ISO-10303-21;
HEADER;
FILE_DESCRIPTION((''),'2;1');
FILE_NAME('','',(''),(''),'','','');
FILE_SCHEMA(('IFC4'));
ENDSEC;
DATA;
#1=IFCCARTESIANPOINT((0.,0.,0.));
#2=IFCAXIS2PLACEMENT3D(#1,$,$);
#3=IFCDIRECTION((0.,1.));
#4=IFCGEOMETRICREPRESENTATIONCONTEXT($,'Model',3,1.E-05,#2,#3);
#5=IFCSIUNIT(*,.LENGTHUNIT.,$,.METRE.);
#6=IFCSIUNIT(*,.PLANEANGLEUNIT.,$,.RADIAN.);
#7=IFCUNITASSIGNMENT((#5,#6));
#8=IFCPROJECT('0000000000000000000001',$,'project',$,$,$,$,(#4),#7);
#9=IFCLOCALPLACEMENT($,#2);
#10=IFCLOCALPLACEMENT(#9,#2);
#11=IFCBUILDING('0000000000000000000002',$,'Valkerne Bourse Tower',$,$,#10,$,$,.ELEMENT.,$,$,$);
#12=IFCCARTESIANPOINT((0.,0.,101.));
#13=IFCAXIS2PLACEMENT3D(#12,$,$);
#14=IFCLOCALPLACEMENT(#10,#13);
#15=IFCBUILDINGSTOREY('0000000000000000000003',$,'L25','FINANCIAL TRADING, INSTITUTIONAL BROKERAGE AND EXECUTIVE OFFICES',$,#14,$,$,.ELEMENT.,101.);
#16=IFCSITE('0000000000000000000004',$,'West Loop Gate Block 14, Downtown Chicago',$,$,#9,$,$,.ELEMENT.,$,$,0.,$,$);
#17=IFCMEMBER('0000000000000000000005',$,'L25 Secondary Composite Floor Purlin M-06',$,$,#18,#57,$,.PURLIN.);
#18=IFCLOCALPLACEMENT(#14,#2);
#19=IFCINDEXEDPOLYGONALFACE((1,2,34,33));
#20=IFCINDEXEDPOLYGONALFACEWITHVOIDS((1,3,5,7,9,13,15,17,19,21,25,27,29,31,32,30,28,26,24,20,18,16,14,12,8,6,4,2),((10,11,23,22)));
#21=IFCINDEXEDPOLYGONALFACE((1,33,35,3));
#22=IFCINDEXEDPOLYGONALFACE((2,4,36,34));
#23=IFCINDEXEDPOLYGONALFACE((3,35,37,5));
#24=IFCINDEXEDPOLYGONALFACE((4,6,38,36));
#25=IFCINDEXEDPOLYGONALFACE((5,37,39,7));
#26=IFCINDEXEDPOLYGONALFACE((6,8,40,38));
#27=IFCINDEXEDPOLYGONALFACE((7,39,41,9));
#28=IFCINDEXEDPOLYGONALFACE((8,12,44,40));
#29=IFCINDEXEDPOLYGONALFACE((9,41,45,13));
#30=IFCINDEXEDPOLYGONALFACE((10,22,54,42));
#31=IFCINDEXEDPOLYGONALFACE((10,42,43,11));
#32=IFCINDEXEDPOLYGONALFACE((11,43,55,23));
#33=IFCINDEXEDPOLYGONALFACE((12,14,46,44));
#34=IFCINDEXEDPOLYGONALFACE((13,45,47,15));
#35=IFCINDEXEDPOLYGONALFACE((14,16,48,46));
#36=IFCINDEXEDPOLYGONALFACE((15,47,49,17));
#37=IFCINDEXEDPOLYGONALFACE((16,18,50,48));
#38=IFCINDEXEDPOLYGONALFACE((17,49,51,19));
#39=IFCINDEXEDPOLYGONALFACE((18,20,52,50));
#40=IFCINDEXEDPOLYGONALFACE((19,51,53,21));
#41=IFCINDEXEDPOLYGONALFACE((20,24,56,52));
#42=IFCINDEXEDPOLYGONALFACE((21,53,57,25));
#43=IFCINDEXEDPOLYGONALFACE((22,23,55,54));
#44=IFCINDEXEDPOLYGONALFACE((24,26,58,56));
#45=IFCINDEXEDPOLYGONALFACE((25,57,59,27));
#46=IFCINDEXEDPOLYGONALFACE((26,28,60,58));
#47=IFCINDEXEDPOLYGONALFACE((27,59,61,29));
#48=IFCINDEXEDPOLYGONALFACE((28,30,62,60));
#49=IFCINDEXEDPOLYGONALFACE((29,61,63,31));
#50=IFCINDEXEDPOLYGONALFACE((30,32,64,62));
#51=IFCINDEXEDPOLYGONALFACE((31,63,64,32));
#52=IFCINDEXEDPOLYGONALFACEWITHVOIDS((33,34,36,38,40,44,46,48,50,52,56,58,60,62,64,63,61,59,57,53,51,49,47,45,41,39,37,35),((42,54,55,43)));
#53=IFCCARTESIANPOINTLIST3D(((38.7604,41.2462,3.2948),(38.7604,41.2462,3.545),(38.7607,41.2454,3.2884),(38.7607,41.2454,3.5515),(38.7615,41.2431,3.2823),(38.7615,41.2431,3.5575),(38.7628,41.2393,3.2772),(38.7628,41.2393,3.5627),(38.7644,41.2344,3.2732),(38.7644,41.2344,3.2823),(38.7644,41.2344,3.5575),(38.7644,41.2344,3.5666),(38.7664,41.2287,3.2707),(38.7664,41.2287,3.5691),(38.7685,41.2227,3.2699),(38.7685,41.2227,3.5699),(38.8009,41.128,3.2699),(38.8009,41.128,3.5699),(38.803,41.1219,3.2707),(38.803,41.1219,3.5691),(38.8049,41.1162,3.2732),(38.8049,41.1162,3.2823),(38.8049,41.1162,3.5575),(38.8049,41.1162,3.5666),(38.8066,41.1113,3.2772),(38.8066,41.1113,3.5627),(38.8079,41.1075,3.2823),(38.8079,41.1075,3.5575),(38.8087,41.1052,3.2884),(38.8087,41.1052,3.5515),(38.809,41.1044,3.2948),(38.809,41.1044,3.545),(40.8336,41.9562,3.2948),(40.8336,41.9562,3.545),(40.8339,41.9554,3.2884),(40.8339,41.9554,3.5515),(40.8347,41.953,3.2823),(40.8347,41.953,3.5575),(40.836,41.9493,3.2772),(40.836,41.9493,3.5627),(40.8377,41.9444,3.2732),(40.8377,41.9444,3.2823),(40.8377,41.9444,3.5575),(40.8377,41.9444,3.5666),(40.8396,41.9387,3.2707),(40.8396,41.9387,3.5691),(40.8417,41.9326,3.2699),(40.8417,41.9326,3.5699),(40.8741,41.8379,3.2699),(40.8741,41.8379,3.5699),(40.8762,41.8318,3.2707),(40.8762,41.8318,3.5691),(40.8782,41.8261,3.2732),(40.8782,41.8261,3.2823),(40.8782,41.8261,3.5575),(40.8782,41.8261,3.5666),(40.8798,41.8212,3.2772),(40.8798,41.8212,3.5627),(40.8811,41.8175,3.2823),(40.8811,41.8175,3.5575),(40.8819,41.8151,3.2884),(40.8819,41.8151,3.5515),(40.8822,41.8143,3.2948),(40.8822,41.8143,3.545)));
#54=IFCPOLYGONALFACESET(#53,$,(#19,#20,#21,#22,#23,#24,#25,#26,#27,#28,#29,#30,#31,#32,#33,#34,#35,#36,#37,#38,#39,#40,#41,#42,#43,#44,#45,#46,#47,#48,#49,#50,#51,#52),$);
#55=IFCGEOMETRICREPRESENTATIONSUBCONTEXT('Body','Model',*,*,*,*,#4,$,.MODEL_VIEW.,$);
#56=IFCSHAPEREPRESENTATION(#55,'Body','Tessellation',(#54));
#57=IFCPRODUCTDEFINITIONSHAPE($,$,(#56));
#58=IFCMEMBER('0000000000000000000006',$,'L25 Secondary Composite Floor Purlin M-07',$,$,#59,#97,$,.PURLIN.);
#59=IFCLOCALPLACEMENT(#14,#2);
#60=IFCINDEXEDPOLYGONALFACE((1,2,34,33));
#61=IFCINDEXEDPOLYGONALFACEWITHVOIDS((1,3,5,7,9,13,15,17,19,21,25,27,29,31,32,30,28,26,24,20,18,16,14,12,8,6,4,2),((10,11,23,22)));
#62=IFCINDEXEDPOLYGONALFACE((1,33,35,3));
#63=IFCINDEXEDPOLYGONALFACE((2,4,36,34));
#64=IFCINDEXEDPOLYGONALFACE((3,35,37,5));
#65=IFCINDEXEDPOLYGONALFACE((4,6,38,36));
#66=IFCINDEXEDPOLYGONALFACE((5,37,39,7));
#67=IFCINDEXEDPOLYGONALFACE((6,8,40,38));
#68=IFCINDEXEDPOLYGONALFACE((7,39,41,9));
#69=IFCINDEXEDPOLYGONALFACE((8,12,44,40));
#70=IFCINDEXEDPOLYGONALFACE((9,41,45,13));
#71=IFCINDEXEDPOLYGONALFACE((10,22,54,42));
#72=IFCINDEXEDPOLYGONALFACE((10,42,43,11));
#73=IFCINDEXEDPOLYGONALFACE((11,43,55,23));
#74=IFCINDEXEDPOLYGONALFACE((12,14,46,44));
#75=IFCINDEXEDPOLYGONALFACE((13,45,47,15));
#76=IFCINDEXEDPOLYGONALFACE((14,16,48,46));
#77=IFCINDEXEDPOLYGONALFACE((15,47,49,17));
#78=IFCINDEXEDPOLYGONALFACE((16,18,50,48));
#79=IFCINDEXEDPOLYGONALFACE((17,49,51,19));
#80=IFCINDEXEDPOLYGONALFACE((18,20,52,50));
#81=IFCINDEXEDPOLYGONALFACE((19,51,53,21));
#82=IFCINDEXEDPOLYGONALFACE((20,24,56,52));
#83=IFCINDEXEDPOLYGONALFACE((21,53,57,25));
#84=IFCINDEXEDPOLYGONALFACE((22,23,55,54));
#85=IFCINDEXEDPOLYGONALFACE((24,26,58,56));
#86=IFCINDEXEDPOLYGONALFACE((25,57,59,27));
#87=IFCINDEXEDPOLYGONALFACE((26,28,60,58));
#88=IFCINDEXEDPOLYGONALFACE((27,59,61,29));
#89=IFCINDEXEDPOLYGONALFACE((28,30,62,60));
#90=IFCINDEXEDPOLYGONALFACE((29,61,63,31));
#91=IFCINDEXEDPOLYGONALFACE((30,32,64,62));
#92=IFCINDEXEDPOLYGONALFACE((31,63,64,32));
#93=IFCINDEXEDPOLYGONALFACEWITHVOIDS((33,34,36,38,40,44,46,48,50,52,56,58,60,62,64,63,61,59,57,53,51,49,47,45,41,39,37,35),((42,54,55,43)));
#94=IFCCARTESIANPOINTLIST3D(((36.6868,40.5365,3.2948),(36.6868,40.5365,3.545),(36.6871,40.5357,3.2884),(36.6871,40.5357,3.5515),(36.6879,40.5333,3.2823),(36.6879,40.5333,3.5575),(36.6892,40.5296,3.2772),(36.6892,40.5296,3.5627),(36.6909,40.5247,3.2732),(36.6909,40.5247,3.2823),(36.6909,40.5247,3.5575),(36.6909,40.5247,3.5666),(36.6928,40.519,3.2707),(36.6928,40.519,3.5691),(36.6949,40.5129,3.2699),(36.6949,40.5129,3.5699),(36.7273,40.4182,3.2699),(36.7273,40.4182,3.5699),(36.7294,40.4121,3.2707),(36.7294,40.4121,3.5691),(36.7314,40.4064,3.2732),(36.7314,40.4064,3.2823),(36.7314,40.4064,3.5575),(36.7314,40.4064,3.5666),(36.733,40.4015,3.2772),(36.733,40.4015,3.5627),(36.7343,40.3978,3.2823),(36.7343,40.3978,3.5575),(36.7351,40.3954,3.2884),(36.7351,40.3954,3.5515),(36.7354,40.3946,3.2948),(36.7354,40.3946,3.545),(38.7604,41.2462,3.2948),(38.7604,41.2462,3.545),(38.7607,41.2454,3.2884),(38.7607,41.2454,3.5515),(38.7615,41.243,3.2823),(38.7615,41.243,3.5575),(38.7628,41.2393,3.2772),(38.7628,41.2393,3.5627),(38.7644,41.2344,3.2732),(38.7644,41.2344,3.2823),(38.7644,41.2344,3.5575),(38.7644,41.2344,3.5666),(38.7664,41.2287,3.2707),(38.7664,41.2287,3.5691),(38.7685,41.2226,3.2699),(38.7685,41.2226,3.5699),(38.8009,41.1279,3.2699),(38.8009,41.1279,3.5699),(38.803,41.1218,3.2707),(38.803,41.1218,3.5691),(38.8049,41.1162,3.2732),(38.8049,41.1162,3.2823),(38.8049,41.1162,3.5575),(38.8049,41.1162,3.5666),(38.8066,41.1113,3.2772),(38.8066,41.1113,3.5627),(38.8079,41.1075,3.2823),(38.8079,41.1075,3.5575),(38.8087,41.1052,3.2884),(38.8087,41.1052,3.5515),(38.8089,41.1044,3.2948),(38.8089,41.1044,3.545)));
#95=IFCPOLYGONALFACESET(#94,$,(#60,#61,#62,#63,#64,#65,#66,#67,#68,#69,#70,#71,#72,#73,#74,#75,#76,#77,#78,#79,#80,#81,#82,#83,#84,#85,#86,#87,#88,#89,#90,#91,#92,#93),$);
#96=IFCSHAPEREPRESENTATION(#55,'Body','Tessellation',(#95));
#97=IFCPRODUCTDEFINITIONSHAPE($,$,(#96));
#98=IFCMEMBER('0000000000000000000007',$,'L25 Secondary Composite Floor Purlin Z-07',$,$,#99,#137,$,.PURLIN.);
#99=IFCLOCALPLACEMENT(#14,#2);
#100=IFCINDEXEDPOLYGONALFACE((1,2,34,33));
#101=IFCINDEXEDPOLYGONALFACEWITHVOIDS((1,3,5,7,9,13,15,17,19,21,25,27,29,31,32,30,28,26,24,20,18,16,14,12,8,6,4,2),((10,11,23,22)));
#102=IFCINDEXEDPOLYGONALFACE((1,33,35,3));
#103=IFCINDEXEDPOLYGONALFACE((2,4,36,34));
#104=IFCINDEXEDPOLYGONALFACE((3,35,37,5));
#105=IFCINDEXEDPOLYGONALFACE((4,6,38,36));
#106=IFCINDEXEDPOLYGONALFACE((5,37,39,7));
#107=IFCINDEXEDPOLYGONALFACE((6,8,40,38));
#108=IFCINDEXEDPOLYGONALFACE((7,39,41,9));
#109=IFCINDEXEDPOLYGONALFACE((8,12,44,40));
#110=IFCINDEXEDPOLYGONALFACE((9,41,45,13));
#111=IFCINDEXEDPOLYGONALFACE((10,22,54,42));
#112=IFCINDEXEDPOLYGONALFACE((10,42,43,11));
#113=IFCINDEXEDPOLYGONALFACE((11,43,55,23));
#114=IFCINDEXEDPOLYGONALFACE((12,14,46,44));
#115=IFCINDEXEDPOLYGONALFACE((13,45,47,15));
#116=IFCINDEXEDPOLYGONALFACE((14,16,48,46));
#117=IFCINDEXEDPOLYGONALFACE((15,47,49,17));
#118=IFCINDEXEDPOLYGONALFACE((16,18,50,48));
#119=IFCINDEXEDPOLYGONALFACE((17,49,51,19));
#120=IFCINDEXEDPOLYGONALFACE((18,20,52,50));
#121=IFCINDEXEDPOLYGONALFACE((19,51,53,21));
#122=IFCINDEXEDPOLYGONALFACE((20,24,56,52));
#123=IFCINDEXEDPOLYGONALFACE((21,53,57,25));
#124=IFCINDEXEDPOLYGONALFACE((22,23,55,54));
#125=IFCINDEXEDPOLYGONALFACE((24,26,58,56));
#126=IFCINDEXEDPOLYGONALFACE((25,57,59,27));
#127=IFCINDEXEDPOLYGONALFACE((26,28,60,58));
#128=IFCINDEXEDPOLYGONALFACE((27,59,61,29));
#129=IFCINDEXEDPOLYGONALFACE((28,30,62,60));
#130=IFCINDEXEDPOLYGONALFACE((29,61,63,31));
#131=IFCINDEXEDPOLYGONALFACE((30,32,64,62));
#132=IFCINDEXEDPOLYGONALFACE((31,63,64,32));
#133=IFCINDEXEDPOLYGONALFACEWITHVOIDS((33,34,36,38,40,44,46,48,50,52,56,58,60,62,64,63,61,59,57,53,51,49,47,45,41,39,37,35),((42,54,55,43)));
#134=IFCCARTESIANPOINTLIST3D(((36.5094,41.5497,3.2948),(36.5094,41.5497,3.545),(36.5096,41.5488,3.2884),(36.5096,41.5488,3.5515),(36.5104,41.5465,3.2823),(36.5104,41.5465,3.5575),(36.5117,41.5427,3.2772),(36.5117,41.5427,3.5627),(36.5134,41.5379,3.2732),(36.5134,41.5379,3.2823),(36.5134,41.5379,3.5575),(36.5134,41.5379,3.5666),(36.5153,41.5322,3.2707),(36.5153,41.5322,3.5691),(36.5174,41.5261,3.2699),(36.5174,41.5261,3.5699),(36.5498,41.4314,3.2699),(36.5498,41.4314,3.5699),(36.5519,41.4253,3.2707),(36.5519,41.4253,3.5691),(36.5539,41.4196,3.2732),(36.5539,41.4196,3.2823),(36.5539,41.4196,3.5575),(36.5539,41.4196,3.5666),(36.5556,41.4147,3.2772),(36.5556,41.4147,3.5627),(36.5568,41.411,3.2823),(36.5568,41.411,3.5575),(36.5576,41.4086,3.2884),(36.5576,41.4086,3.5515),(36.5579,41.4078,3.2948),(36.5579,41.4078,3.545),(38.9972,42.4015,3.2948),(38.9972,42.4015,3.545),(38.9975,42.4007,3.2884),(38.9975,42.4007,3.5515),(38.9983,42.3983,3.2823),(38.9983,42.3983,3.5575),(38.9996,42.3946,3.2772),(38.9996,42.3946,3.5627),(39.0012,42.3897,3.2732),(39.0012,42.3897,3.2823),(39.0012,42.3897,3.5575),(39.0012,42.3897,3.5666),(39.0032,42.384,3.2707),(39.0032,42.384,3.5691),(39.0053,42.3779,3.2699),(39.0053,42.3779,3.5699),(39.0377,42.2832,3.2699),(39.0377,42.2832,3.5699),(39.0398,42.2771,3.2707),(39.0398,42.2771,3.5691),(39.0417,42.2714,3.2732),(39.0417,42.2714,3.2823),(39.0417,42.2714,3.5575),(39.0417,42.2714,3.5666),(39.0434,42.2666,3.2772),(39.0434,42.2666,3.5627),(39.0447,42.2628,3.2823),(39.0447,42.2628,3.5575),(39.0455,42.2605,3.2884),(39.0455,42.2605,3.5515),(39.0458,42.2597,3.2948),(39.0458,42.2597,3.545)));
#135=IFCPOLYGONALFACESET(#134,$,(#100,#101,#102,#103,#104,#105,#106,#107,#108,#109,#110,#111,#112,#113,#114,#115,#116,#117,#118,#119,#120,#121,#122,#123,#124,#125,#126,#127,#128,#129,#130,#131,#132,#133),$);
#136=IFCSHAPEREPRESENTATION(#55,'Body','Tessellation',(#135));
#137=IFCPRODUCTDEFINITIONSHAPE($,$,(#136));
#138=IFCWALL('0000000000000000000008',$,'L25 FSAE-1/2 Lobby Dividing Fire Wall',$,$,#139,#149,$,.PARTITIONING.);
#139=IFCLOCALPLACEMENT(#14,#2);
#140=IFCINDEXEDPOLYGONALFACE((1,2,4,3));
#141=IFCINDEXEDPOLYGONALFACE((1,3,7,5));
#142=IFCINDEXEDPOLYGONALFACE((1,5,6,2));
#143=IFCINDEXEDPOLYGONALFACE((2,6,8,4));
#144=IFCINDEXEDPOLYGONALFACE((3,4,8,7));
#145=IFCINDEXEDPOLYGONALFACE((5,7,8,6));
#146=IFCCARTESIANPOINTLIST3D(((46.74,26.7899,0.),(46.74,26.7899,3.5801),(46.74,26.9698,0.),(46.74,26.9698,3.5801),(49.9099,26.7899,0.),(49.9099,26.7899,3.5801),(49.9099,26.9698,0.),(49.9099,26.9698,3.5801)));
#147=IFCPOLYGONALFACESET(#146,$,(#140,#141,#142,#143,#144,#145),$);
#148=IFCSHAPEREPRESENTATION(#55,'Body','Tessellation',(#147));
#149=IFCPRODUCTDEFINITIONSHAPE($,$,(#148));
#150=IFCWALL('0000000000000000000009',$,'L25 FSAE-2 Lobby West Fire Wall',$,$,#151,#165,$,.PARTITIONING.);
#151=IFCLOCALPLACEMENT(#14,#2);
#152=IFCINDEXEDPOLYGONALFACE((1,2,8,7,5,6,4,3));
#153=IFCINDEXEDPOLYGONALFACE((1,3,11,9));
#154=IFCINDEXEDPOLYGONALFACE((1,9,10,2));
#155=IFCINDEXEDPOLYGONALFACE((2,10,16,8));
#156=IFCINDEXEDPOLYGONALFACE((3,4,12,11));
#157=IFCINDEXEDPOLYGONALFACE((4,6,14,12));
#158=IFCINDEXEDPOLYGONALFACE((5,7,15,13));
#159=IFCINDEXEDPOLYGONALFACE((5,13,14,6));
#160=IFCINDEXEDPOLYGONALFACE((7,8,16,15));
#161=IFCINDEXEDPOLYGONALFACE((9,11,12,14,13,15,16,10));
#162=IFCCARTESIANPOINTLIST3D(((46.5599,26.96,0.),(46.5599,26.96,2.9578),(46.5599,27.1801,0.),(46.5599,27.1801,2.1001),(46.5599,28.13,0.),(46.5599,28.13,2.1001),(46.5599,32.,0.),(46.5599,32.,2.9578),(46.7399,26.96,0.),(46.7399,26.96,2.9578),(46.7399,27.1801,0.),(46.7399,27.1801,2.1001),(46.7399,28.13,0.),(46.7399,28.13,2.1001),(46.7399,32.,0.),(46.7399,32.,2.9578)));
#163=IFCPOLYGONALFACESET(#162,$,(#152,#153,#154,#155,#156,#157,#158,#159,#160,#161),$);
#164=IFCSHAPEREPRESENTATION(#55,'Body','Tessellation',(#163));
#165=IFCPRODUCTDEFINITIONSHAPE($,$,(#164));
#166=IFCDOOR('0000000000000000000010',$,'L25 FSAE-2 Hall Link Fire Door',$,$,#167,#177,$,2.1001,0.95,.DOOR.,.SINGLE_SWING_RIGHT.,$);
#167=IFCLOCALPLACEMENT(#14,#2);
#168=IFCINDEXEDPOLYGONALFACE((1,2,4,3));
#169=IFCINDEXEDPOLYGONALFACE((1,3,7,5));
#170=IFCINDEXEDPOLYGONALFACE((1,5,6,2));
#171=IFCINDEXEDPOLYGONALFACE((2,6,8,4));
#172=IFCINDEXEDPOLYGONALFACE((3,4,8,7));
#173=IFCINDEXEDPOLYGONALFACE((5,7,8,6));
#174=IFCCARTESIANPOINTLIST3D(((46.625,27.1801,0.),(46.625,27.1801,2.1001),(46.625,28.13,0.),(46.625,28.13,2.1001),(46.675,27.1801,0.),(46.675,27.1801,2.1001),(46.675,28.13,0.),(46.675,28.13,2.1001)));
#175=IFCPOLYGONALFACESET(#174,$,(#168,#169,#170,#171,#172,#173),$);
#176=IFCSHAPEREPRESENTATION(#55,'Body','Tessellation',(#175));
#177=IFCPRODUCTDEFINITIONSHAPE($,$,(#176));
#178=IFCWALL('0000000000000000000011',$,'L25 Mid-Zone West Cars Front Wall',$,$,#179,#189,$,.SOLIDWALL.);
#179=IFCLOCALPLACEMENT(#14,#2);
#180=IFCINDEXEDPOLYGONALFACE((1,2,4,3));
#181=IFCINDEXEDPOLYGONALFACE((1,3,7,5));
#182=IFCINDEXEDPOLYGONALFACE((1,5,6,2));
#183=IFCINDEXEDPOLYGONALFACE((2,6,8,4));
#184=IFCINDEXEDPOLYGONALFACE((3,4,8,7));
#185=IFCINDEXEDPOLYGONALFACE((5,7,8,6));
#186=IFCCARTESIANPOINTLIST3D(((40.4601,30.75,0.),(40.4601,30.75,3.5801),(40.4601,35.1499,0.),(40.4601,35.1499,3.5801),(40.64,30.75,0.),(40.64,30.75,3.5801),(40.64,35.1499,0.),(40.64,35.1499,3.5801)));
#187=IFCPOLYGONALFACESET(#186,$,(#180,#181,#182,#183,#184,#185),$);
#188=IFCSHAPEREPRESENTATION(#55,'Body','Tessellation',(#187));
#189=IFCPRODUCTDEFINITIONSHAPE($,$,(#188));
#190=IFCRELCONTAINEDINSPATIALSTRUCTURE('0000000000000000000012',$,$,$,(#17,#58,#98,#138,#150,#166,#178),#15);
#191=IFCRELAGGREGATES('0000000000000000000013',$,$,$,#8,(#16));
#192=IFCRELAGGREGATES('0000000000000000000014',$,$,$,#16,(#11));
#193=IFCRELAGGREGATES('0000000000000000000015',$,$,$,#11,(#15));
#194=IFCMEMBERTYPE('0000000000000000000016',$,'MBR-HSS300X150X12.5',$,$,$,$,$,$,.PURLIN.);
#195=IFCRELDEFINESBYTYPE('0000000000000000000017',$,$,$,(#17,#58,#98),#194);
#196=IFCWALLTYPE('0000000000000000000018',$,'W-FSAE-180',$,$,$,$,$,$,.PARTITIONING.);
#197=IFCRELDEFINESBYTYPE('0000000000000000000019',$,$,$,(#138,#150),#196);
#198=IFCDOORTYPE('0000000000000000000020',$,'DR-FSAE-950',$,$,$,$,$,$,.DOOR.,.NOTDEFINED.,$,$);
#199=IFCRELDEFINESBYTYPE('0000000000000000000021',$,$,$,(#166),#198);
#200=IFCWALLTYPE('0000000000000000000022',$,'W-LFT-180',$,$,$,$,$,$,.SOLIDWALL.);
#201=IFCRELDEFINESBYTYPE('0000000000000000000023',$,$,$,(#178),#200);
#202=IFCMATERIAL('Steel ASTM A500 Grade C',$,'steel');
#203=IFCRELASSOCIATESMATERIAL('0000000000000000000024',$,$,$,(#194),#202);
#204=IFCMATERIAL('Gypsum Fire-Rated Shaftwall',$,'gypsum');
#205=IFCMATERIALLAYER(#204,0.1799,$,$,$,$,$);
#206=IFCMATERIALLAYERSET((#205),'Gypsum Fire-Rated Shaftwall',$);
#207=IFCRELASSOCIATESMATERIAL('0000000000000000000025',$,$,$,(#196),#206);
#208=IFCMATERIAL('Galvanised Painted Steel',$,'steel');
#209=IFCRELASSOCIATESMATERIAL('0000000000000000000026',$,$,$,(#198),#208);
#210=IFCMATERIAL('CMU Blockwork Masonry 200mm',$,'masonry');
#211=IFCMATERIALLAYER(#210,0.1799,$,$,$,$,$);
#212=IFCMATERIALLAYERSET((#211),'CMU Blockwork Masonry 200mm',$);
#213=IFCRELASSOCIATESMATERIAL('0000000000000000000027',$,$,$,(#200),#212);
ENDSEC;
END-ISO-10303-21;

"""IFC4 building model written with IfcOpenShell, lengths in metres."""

from ifc_helpers import new_model, si_unit, direction, frame, frame_2d, origin, origin_2d, place, context, subcontext, project, spatial, rectangle, hollow_rectangle, extrude, material, layer, layer_set, material_profile, profile_set, type_object, element, fill, save


model = new_model("IFC4")

# Units and contexts
model_context = context("Model", 3, precision=1e-05, world=origin(), true_north=direction((0.0, 1.0)))
body_context = subcontext(model_context, "Body", "Model", "MODEL_VIEW")
ifc_project = project(units=[si_unit("LENGTHUNIT", "METRE"), si_unit("PLANEANGLEUNIT", "RADIAN")], contexts=[model_context])

# Site, building, storey
site_placement = place(None, origin())
site = spatial("IfcSite", under=ifc_project, at=site_placement, Name="West Loop Gate Block 14, Downtown Chicago", CompositionType="ELEMENT", RefElevation=0.0)
building_placement = place(site_placement, origin())
building = spatial("IfcBuilding", under=site, at=building_placement, Name="Valkerne Bourse Tower", CompositionType="ELEMENT")
storey_placement = place(building_placement, frame((0.0, 0.0, 101.0)))
storey = spatial("IfcBuildingStorey", under=building, at=storey_placement, Name="L25", Description="FINANCIAL TRADING, INSTITUTIONAL BROKERAGE AND EXECUTIVE OFFICES", CompositionType="ELEMENT", Elevation=101.0)

# Members
ifc_material_1 = material(Name="Steel ASTM A500 Grade C", Category="steel")
ifc_material_profile_1 = material_profile(ifc_material_1, hollow_rectangle(XDim=0.1499, YDim=0.3, WallThickness=0.0125, OuterFilletRadius=0.0249, at=origin_2d()), Name="HSS300X150X12.5")
ifc_profile_set_1 = profile_set([ifc_material_profile_1], Name="Steel ASTM A500 Grade C")
member_type = type_object("IfcMemberType", Name="MBR-HSS300X150X12.5", PredefinedType="PURLIN", material=ifc_profile_set_1)
member_1_placement = place(storey_placement, frame((40.8579, 41.8853, 3.4199), z_axis=(-0.946067, -0.323971, 0.0), x_axis=(0.323971, -0.946067, 0.0)))
element("IfcMember", 1, at=member_1_placement, inside=storey, type_object=member_type, Name="L25 Secondary Composite Floor Purlin M-06", PredefinedType="PURLIN", context=body_context, shape_type="SweptSolid", body=[
    extrude(hollow_rectangle(XDim=0.1499, YDim=0.3, WallThickness=0.0125, OuterFilletRadius=0.0249, at=origin_2d()), origin(), (0.0, 0.0, 1.0), 2.1914),
])
member_2_placement = place(storey_placement, frame((38.7847, 41.1753, 3.4199), z_axis=(-0.946113, -0.323837, 0.0), x_axis=(0.323837, -0.946113, 0.0)))
element("IfcMember", 2, at=member_2_placement, inside=storey, type_object=member_type, Name="L25 Secondary Composite Floor Purlin M-07", PredefinedType="PURLIN", context=body_context, shape_type="SweptSolid", body=[
    extrude(hollow_rectangle(XDim=0.1499, YDim=0.3, WallThickness=0.0125, OuterFilletRadius=0.0249, at=origin_2d()), origin(), (0.0, 0.0, 1.0), 2.1917),
])
member_3_placement = place(storey_placement, frame((39.0215, 42.3306, 3.4199), z_axis=(-0.94608, -0.323933, 0.0), x_axis=(0.323933, -0.94608, 0.0)))
element("IfcMember", 3, at=member_3_placement, inside=storey, type_object=member_type, Name="L25 Secondary Composite Floor Purlin Z-07", PredefinedType="PURLIN", context=body_context, shape_type="SweptSolid", body=[
    extrude(hollow_rectangle(XDim=0.1499, YDim=0.3, WallThickness=0.0125, OuterFilletRadius=0.0249, at=origin_2d()), origin(), (0.0, 0.0, 1.0), 2.6296),
])

# Wall
ifc_material_2 = material(Name="Gypsum Fire-Rated Shaftwall", Category="gypsum")
ifc_layer_1 = layer(ifc_material_2, 0.1799)
ifc_layer_set_1 = layer_set([ifc_layer_1], Name="Gypsum Fire-Rated Shaftwall")
wall_type_1 = type_object("IfcWallType", Name="W-FSAE-180", PredefinedType="PARTITIONING", material=ifc_layer_set_1)
wall_1_placement = place(storey_placement, frame((46.74, 26.8799, 0.0), z_axis=(0.0, 0.0, 1.0), x_axis=(1.0, 0.0, 0.0)))
element("IfcWall", 4, at=wall_1_placement, inside=storey, type_object=wall_type_1, Name="L25 FSAE-1/2 Lobby Dividing Fire Wall", PredefinedType="PARTITIONING", context=body_context, shape_type="SweptSolid", body=[
    extrude(rectangle(XDim=3.1699, YDim=0.1799, at=frame_2d((1.585, 0.0))), origin(), (0.0, 0.0, 1.0), 3.5801),
])

# Wall, opening, door
wall_2_placement = place(storey_placement, frame((46.6499, 26.96, 0.0), z_axis=(0.0, 0.0, 1.0), x_axis=(0.0, 1.0, 0.0)))
wall_2 = element("IfcWall", 5, at=wall_2_placement, inside=storey, type_object=wall_type_1, Name="L25 FSAE-2 Lobby West Fire Wall", PredefinedType="PARTITIONING", context=body_context, shape_type="SweptSolid", body=[
    extrude(rectangle(XDim=5.04, YDim=0.1799, at=frame_2d((2.52, 0.0))), origin(), (0.0, 0.0, 1.0), 2.9578),
])
opening_1_placement = place(wall_2_placement, frame((0.22, 0.0, 0.0)))
opening_1 = element("IfcOpeningElement", 6, at=opening_1_placement, cuts=wall_2, PredefinedType="OPENING", context=body_context, shape_type="SweptSolid", body=[
    extrude(rectangle(XDim=0.95, YDim=2.1001, at=frame_2d((0.4751, 1.05))), frame((0.0, 0.0999, 0.0), z_axis=(0.0, -1.0, 0.0), x_axis=(1.0, 0.0, 0.0)), (0.0, 0.0, 1.0), 0.2),
])
ifc_material_3 = material(Name="Galvanised Painted Steel", Category="steel")
door_type_1 = type_object("IfcDoorType", Name="DR-FSAE-950", OperationType="NOTDEFINED", PredefinedType="DOOR", material=ifc_material_3)
door_1_placement = place(opening_1_placement, origin())
door_1 = element("IfcDoor", 7, at=door_1_placement, inside=storey, type_object=door_type_1, Name="L25 FSAE-2 Hall Link Fire Door", OperationType="SINGLE_SWING_RIGHT", OverallHeight=2.1001, OverallWidth=0.95, PredefinedType="DOOR", context=body_context, shape_type="SweptSolid", body=[
    extrude(rectangle(XDim=0.95, YDim=2.1001, at=frame_2d((0.4751, 1.05))), frame((0.0, 0.0249, 0.0), z_axis=(0.0, -1.0, 0.0), x_axis=(1.0, 0.0, 0.0)), (0.0, 0.0, 1.0), 0.05),
])
fill(opening_1, door_1)

# Wall
ifc_material_4 = material(Name="CMU Blockwork Masonry 200mm", Category="masonry")
ifc_layer_2 = layer(ifc_material_4, 0.1799)
ifc_layer_set_2 = layer_set([ifc_layer_2], Name="CMU Blockwork Masonry 200mm")
wall_type_2 = type_object("IfcWallType", Name="W-LFT-180", PredefinedType="SOLIDWALL", material=ifc_layer_set_2)
for number, where, z_axis, x_axis, name in (
    (8, (40.55, 30.75, 0.0), (0.0, 0.0, 1.0), (0.0, 1.0, 0.0), "L25 Mid-Zone West Cars Front Wall"),
):
    element("IfcWall", number, at=place(storey_placement, frame(where, z_axis=z_axis, x_axis=x_axis)), inside=storey, type_object=wall_type_2, Name=name, PredefinedType="SOLIDWALL", context=body_context, shape_type="SweptSolid", body=[
        extrude(rectangle(XDim=4.3999, YDim=0.1799, at=frame_2d((2.2, 0.0))), origin(), (0.0, 0.0, 1.0), 3.5801),
    ])

save(model, "model.ifc")
